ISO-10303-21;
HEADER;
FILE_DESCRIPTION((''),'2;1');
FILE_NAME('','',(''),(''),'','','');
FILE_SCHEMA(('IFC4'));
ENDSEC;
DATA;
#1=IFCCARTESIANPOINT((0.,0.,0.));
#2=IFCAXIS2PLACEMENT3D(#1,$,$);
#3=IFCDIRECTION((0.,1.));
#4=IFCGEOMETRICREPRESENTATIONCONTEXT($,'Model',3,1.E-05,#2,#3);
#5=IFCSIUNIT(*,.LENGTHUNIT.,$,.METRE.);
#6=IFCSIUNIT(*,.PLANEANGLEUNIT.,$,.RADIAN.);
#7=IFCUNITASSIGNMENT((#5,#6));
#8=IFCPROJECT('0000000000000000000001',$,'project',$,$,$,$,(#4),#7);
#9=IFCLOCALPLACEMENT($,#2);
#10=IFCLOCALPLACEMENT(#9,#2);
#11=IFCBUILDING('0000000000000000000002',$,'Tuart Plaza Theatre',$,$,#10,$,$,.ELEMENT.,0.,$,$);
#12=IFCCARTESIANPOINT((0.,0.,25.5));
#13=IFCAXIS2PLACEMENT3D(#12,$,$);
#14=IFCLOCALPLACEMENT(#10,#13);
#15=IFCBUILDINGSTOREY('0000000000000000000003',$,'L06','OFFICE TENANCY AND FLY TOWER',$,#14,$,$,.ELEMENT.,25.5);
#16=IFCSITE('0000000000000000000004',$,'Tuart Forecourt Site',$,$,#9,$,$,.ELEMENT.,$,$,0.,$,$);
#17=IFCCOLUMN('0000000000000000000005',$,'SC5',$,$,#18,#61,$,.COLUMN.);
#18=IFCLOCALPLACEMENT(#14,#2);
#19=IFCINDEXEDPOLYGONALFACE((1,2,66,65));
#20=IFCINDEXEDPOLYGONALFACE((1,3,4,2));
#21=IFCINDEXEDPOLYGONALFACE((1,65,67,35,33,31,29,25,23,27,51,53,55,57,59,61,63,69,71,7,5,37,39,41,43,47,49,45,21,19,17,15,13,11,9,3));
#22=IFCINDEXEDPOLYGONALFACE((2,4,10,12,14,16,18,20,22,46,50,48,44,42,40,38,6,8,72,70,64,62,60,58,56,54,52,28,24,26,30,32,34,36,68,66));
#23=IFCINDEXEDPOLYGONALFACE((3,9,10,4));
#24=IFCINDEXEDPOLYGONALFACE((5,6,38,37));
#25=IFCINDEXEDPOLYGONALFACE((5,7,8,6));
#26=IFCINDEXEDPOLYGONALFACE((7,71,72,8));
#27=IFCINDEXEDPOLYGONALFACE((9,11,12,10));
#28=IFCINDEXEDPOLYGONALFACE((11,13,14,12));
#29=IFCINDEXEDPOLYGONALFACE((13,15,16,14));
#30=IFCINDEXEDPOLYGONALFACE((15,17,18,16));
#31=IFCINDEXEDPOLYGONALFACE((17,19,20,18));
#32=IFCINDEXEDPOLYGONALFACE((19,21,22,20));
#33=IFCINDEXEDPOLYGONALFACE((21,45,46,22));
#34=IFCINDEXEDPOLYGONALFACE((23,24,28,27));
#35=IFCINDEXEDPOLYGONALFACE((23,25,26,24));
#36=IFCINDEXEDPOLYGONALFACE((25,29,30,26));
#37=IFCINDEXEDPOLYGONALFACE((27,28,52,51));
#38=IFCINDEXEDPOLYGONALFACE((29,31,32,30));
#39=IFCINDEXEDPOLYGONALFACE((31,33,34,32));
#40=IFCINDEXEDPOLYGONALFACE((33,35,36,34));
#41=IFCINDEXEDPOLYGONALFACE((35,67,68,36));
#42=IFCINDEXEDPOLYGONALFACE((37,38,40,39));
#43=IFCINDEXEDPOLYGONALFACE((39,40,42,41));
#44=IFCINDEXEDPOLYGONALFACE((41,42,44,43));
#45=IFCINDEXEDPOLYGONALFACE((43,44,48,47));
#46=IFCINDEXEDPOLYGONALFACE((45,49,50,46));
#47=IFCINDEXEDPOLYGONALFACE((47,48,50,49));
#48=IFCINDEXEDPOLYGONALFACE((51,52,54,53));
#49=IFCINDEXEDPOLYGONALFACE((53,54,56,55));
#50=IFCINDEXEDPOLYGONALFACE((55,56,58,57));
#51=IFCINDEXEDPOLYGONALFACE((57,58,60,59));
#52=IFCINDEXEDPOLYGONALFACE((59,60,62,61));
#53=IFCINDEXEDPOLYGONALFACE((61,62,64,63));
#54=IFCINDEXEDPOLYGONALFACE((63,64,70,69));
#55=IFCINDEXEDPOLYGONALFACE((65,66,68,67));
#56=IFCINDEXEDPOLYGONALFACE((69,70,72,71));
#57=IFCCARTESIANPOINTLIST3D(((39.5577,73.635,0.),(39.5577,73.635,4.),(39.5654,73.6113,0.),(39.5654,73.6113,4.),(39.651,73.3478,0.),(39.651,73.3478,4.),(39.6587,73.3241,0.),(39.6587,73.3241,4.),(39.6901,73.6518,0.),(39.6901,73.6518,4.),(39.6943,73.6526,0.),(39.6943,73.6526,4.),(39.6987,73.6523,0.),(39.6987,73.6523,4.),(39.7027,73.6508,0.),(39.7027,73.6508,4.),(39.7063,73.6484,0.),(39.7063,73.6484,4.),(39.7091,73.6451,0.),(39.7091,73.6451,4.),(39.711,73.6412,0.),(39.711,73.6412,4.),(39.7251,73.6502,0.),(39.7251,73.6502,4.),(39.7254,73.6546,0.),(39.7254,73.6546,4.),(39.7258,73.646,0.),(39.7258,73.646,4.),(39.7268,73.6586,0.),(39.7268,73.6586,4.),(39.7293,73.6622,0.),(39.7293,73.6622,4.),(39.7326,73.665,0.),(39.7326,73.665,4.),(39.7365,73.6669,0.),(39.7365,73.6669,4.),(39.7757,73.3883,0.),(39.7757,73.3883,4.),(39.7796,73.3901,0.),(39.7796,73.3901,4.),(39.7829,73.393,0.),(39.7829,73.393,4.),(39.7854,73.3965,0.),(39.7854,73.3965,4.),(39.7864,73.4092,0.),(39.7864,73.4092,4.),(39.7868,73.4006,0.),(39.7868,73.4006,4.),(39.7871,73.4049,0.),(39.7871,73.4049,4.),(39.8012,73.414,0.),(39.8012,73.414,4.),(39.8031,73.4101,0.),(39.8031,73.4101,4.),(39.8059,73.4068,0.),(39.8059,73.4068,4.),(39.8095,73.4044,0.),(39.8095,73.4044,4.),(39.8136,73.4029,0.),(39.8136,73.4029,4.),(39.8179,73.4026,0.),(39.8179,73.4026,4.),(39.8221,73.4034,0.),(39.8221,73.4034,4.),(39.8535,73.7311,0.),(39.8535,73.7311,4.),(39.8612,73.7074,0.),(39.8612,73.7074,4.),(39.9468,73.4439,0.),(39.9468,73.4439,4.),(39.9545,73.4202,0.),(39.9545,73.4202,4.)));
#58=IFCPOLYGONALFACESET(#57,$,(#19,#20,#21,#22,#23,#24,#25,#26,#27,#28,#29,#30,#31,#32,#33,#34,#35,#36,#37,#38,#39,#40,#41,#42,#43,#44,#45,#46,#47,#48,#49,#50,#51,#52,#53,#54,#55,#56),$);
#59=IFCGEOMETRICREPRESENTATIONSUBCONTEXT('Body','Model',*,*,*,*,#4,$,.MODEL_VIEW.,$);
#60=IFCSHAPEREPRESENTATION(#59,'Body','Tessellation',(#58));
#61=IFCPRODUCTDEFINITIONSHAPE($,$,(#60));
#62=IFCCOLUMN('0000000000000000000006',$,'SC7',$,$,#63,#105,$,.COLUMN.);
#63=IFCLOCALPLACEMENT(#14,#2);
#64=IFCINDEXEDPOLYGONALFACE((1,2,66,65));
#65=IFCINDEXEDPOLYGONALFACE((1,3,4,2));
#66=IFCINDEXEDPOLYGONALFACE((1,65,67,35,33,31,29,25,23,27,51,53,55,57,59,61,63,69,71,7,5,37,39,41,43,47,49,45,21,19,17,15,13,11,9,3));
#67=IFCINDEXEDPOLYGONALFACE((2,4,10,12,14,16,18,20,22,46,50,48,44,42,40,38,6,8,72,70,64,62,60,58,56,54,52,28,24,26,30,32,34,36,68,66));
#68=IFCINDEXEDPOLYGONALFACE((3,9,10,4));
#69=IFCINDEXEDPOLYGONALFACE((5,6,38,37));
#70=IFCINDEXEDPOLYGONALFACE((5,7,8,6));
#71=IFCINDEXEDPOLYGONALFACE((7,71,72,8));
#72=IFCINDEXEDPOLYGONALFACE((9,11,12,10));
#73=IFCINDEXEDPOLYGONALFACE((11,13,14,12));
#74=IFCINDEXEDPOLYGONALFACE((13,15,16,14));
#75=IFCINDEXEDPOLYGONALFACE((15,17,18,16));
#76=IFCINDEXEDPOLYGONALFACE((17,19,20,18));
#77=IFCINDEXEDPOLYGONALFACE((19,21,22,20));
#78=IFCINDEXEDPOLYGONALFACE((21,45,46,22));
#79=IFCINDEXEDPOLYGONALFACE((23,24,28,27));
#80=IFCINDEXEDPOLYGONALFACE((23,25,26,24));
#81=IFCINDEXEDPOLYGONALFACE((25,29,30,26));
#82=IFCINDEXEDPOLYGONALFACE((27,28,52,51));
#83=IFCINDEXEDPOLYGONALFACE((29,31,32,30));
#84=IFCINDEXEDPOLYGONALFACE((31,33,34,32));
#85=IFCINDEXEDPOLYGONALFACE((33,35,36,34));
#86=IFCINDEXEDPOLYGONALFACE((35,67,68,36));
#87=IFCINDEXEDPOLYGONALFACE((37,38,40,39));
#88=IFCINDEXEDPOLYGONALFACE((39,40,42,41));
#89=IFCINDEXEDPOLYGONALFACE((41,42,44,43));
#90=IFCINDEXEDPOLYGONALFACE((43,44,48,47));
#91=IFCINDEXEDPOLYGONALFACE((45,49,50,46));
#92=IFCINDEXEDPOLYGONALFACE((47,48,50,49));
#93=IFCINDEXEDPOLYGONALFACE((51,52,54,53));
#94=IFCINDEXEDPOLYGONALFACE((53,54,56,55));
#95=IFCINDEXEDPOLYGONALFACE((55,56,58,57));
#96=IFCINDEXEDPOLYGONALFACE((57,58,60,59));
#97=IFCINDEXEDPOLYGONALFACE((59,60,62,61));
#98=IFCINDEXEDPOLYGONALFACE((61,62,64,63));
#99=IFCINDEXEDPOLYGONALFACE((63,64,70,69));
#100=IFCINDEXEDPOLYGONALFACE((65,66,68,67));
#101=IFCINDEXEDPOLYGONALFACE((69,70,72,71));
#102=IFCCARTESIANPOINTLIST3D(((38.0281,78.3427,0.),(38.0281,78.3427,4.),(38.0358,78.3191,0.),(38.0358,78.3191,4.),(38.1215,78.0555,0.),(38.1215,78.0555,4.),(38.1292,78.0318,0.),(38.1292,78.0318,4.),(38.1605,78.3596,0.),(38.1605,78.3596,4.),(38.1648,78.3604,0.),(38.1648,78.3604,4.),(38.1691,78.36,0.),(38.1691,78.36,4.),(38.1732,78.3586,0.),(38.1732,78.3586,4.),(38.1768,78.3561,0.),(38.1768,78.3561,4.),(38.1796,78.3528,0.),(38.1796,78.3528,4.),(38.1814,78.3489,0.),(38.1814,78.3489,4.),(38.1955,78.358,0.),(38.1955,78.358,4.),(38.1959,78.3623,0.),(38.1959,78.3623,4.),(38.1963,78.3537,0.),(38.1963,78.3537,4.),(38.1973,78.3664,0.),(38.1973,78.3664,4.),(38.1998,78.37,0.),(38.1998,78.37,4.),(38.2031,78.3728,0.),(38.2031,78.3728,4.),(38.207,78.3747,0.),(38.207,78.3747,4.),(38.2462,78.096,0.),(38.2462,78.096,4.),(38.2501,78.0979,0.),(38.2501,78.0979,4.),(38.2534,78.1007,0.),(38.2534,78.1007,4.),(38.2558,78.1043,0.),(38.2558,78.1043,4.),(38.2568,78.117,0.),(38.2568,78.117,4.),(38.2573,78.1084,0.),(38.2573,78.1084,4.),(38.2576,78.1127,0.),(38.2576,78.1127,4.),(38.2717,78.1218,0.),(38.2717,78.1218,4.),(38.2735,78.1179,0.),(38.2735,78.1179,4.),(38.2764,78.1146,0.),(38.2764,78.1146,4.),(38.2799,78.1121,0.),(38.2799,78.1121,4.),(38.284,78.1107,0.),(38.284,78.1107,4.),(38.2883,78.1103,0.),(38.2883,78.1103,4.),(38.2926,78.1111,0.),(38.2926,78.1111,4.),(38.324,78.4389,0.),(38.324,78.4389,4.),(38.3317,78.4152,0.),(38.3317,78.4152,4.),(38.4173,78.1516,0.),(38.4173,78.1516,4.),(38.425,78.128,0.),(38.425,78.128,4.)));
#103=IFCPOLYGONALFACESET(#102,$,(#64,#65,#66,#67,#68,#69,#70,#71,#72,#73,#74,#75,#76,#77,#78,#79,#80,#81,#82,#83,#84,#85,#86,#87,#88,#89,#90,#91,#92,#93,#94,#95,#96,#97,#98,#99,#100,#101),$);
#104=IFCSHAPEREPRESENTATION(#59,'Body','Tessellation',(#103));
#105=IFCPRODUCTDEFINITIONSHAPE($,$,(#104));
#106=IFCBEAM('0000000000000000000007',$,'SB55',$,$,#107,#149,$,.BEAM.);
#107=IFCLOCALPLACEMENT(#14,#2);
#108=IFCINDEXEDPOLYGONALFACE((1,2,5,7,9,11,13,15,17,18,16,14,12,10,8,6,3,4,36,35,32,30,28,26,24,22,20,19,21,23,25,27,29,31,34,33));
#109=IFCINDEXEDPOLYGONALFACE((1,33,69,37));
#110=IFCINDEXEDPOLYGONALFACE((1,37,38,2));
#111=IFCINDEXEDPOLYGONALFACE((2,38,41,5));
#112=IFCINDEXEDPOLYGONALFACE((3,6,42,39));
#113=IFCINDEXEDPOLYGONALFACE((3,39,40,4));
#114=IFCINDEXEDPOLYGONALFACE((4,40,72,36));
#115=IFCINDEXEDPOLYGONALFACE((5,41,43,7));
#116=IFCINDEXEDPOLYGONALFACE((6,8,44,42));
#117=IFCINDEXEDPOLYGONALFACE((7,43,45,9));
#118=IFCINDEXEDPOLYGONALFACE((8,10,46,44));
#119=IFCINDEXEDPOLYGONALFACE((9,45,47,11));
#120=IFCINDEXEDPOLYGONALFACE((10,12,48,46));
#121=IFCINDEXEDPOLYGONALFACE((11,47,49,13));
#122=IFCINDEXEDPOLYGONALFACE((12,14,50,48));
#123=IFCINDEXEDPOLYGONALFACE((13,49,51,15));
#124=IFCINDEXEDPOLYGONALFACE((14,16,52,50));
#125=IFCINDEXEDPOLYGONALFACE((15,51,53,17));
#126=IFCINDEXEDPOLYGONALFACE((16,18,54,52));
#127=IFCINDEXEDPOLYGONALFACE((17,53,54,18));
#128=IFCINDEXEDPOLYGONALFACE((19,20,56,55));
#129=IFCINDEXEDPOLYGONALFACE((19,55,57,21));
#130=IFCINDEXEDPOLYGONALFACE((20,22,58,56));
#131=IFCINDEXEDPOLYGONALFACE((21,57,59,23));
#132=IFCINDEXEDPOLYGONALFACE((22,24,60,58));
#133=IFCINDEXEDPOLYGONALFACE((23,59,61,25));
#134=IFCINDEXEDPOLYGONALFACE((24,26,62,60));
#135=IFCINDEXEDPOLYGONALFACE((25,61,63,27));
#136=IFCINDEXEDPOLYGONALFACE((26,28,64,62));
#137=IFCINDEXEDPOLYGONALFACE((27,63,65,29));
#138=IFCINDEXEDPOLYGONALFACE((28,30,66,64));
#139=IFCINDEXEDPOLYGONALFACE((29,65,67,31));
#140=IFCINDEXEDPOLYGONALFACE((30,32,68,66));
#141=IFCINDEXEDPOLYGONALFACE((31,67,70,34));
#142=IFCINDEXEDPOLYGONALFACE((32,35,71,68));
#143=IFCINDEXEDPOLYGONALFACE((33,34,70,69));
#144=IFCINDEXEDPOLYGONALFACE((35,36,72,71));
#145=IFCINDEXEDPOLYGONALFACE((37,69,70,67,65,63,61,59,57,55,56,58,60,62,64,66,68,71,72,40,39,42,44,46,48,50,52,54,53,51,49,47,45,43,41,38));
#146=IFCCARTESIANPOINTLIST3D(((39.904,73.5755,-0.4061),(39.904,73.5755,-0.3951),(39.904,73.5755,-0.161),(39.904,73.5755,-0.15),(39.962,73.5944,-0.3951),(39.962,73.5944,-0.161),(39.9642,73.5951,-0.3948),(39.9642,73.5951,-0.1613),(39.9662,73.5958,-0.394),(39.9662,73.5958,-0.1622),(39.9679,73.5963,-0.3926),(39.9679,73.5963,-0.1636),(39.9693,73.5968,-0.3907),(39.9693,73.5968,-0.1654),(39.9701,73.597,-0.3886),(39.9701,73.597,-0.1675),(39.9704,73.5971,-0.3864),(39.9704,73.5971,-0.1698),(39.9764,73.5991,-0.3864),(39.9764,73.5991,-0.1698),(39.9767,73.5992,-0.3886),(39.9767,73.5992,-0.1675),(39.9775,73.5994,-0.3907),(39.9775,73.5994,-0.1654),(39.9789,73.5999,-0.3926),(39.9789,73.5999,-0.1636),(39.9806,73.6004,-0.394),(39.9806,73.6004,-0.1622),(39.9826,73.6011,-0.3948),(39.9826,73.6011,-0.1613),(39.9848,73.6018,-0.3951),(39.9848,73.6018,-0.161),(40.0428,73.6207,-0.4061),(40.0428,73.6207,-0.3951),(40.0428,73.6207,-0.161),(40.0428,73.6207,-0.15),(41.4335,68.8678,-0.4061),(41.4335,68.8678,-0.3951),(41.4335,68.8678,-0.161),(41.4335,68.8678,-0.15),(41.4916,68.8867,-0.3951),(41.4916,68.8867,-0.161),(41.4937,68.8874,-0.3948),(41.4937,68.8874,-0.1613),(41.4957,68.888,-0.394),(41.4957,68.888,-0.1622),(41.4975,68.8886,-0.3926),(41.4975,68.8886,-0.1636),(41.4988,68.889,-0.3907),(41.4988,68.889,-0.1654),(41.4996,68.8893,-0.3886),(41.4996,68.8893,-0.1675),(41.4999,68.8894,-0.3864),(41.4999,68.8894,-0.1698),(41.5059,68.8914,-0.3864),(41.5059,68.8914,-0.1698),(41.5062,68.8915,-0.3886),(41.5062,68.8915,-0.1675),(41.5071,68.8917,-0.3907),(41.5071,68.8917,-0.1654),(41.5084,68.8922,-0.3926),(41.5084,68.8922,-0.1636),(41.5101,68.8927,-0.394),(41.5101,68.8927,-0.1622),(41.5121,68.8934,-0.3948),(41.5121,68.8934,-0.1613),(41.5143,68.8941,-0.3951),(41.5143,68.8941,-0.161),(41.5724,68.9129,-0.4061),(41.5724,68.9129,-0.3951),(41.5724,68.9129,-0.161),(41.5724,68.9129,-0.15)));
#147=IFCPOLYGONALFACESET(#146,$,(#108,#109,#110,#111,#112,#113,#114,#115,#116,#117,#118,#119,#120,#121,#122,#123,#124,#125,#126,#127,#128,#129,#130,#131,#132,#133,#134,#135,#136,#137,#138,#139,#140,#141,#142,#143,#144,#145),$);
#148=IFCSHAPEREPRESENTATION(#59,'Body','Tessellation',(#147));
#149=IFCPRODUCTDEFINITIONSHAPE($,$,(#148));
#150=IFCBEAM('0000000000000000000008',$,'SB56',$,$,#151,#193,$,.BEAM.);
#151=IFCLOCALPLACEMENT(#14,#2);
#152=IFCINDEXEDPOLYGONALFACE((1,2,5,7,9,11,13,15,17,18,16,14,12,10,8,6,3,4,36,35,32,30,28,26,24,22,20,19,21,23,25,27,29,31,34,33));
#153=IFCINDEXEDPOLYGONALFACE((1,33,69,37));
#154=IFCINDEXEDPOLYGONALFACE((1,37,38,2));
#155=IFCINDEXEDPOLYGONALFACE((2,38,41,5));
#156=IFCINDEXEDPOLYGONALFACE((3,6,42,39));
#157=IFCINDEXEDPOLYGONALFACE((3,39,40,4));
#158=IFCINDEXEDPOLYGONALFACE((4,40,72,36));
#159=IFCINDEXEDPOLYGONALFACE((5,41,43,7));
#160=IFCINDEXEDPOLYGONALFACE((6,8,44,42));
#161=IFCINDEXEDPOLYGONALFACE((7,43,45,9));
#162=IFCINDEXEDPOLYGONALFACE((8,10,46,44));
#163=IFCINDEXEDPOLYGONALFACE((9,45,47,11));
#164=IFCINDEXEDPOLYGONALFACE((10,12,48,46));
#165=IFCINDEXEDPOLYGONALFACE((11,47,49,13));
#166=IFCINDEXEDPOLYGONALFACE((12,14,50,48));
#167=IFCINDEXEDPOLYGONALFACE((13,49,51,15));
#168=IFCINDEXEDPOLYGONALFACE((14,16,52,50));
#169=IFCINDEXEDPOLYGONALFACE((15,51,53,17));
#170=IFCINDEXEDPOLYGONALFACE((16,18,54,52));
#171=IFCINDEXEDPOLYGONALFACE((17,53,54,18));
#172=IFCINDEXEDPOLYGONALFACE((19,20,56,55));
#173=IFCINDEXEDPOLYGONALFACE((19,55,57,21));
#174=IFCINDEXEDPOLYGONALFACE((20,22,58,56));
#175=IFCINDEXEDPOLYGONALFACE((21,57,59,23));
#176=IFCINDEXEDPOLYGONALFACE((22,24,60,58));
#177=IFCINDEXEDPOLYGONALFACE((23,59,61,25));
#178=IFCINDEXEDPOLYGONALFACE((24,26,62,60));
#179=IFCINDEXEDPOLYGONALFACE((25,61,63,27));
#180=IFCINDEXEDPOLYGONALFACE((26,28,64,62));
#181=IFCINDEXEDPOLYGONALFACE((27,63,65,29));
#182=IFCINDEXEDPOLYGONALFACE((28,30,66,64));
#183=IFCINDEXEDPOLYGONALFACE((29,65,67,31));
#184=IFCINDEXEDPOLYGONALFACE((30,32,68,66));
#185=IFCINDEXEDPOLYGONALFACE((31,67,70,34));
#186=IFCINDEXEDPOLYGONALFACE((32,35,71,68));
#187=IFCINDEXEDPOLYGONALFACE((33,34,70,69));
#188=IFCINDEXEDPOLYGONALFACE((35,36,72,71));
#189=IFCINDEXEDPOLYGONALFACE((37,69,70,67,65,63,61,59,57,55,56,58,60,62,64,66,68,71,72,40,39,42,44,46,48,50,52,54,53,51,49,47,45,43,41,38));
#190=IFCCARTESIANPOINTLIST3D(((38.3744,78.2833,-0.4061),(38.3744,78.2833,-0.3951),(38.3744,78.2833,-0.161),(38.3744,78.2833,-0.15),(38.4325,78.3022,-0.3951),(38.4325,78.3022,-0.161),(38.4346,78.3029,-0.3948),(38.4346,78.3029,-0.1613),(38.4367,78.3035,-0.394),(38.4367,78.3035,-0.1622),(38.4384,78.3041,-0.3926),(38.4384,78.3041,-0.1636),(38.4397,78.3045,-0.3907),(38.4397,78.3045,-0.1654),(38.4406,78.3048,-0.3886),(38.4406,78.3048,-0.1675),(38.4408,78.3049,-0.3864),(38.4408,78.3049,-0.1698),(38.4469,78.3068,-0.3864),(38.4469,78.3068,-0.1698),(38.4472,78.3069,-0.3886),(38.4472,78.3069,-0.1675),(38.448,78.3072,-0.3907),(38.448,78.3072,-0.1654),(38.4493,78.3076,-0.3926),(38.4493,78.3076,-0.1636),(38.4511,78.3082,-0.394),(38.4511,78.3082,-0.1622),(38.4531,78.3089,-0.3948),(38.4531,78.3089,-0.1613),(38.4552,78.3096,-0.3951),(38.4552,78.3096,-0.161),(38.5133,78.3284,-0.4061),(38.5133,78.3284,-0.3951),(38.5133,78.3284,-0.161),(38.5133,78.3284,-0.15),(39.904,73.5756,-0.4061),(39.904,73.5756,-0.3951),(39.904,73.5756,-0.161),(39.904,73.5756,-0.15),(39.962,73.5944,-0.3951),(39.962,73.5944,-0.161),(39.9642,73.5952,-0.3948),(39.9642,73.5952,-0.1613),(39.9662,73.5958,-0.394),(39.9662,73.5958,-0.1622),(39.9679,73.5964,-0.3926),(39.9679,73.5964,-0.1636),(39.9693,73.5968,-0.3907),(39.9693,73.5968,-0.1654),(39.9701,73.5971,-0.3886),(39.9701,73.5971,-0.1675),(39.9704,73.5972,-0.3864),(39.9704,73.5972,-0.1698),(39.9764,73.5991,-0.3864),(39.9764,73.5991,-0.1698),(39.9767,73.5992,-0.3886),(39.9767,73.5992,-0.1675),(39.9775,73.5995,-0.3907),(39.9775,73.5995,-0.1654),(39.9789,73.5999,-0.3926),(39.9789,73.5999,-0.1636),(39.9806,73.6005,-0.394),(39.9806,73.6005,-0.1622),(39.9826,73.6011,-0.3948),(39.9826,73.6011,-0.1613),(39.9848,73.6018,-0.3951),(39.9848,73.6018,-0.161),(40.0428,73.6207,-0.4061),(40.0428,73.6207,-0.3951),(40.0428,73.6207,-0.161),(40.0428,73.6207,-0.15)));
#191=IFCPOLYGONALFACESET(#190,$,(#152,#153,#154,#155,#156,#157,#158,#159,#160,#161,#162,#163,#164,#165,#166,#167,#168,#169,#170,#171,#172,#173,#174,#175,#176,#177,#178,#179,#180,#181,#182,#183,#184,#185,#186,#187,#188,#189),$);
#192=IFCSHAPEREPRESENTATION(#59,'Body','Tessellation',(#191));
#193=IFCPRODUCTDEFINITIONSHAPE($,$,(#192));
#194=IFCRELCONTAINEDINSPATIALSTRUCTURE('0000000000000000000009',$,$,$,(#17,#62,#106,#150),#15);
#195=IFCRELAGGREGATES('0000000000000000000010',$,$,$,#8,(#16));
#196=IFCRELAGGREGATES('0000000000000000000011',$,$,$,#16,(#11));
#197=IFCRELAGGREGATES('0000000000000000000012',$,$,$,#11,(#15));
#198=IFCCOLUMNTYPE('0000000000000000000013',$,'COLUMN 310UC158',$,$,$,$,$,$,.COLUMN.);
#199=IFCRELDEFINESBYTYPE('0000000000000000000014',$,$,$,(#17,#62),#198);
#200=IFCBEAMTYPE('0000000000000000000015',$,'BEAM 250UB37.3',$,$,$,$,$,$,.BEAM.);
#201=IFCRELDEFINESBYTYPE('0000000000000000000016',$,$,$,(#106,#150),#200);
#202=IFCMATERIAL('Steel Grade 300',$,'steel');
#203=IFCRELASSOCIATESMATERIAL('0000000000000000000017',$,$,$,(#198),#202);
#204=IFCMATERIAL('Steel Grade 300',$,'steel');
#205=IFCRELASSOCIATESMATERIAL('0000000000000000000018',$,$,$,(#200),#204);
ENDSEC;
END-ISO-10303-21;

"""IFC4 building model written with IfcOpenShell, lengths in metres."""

from ifc_helpers import new_model, si_unit, direction, frame, origin, origin_2d, place, context, subcontext, project, spatial, i_section, extrude, material, material_profile, profile_set, type_object, element, save


model = new_model("IFC4")

# Units and contexts
model_context = context("Model", 3, precision=1e-05, world=origin(), true_north=direction((0.0, 1.0)))
body_context = subcontext(model_context, "Body", "Model", "MODEL_VIEW")
ifc_project = project(units=[si_unit("LENGTHUNIT", "METRE"), si_unit("PLANEANGLEUNIT", "RADIAN")], contexts=[model_context])

# Site, building, storey
site_placement = place(None, origin())
site = spatial("IfcSite", under=ifc_project, at=site_placement, Name="Tuart Forecourt Site", CompositionType="ELEMENT", RefElevation=0.0)
building_placement = place(site_placement, origin())
building = spatial("IfcBuilding", under=site, at=building_placement, Name="Tuart Plaza Theatre", CompositionType="ELEMENT", ElevationOfRefHeight=0.0)
storey_placement = place(building_placement, frame((0.0, 0.0, 25.5)))
storey = spatial("IfcBuildingStorey", under=building, at=storey_placement, Name="L06", Description="OFFICE TENANCY AND FLY TOWER", CompositionType="ELEMENT", Elevation=25.5)

# Columns
ifc_material_1 = material(Name="Steel Grade 300", Category="steel")
ifc_material_profile_1 = material_profile(ifc_material_1, i_section(OverallWidth=0.311, OverallDepth=0.3269, WebThickness=0.0156, FlangeThickness=0.0249, FilletRadius=0.0166, at=origin_2d()), Name="310UC158")
ifc_profile_set_1 = profile_set([ifc_material_profile_1], Name="Steel Grade 300")
column_type = type_object("IfcColumnType", Name="COLUMN 310UC158", PredefinedType="COLUMN", material=ifc_profile_set_1)
for number, where, z_axis, x_axis, name in (
    (1, (39.7561, 73.5276, 0.0), (0.0, 0.0, 1.0), (0.951057, 0.309017, 0.0), "SC5"),
    (2, (38.2266, 78.2354, 0.0), (0.0, 0.0, 1.0), (0.951057, 0.309017, 0.0), "SC7"),
):
    element("IfcColumn", number, at=place(storey_placement, frame(where, z_axis=z_axis, x_axis=x_axis)), inside=storey, type_object=column_type, Name=name, PredefinedType="COLUMN", context=body_context, shape_type="SweptSolid", body=[
        extrude(i_section(OverallWidth=0.311, OverallDepth=0.3269, WebThickness=0.0156, FlangeThickness=0.0249, FilletRadius=0.0166, at=origin_2d()), origin(), (0.0, 0.0, 1.0), 4.0),
    ])

# Beams
ifc_material_2 = material(Name="Steel Grade 300", Category="steel")
ifc_material_profile_2 = material_profile(ifc_material_2, i_section(OverallWidth=0.146, OverallDepth=0.2561, WebThickness=0.0063, FlangeThickness=0.011, FilletRadius=0.0088, at=origin_2d()), Name="250UB37.3")
ifc_profile_set_2 = profile_set([ifc_material_profile_2], Name="Steel Grade 300")
beam_type = type_object("IfcBeamType", Name="BEAM 250UB37.3", PredefinedType="BEAM", material=ifc_profile_set_2)
for number, where, z_axis, x_axis, name in (
    (3, (41.5029, 68.8904, -0.2781), (-0.308998, 0.951063, 0.0), (-0.951063, -0.308998, 0.0), "SB55"),
    (4, (39.9734, 73.5981, -0.2781), (-0.308998, 0.951063, 0.0), (-0.951063, -0.308998, 0.0), "SB56"),
):
    element("IfcBeam", number, at=place(storey_placement, frame(where, z_axis=z_axis, x_axis=x_axis)), inside=storey, type_object=beam_type, Name=name, PredefinedType="BEAM", context=body_context, shape_type="SweptSolid", body=[
        extrude(i_section(OverallWidth=0.146, OverallDepth=0.2561, WebThickness=0.0063, FlangeThickness=0.011, FilletRadius=0.0088, at=origin_2d()), origin(), (0.0, 0.0, 1.0), 4.95),
    ])

save(model, "model.ifc")
